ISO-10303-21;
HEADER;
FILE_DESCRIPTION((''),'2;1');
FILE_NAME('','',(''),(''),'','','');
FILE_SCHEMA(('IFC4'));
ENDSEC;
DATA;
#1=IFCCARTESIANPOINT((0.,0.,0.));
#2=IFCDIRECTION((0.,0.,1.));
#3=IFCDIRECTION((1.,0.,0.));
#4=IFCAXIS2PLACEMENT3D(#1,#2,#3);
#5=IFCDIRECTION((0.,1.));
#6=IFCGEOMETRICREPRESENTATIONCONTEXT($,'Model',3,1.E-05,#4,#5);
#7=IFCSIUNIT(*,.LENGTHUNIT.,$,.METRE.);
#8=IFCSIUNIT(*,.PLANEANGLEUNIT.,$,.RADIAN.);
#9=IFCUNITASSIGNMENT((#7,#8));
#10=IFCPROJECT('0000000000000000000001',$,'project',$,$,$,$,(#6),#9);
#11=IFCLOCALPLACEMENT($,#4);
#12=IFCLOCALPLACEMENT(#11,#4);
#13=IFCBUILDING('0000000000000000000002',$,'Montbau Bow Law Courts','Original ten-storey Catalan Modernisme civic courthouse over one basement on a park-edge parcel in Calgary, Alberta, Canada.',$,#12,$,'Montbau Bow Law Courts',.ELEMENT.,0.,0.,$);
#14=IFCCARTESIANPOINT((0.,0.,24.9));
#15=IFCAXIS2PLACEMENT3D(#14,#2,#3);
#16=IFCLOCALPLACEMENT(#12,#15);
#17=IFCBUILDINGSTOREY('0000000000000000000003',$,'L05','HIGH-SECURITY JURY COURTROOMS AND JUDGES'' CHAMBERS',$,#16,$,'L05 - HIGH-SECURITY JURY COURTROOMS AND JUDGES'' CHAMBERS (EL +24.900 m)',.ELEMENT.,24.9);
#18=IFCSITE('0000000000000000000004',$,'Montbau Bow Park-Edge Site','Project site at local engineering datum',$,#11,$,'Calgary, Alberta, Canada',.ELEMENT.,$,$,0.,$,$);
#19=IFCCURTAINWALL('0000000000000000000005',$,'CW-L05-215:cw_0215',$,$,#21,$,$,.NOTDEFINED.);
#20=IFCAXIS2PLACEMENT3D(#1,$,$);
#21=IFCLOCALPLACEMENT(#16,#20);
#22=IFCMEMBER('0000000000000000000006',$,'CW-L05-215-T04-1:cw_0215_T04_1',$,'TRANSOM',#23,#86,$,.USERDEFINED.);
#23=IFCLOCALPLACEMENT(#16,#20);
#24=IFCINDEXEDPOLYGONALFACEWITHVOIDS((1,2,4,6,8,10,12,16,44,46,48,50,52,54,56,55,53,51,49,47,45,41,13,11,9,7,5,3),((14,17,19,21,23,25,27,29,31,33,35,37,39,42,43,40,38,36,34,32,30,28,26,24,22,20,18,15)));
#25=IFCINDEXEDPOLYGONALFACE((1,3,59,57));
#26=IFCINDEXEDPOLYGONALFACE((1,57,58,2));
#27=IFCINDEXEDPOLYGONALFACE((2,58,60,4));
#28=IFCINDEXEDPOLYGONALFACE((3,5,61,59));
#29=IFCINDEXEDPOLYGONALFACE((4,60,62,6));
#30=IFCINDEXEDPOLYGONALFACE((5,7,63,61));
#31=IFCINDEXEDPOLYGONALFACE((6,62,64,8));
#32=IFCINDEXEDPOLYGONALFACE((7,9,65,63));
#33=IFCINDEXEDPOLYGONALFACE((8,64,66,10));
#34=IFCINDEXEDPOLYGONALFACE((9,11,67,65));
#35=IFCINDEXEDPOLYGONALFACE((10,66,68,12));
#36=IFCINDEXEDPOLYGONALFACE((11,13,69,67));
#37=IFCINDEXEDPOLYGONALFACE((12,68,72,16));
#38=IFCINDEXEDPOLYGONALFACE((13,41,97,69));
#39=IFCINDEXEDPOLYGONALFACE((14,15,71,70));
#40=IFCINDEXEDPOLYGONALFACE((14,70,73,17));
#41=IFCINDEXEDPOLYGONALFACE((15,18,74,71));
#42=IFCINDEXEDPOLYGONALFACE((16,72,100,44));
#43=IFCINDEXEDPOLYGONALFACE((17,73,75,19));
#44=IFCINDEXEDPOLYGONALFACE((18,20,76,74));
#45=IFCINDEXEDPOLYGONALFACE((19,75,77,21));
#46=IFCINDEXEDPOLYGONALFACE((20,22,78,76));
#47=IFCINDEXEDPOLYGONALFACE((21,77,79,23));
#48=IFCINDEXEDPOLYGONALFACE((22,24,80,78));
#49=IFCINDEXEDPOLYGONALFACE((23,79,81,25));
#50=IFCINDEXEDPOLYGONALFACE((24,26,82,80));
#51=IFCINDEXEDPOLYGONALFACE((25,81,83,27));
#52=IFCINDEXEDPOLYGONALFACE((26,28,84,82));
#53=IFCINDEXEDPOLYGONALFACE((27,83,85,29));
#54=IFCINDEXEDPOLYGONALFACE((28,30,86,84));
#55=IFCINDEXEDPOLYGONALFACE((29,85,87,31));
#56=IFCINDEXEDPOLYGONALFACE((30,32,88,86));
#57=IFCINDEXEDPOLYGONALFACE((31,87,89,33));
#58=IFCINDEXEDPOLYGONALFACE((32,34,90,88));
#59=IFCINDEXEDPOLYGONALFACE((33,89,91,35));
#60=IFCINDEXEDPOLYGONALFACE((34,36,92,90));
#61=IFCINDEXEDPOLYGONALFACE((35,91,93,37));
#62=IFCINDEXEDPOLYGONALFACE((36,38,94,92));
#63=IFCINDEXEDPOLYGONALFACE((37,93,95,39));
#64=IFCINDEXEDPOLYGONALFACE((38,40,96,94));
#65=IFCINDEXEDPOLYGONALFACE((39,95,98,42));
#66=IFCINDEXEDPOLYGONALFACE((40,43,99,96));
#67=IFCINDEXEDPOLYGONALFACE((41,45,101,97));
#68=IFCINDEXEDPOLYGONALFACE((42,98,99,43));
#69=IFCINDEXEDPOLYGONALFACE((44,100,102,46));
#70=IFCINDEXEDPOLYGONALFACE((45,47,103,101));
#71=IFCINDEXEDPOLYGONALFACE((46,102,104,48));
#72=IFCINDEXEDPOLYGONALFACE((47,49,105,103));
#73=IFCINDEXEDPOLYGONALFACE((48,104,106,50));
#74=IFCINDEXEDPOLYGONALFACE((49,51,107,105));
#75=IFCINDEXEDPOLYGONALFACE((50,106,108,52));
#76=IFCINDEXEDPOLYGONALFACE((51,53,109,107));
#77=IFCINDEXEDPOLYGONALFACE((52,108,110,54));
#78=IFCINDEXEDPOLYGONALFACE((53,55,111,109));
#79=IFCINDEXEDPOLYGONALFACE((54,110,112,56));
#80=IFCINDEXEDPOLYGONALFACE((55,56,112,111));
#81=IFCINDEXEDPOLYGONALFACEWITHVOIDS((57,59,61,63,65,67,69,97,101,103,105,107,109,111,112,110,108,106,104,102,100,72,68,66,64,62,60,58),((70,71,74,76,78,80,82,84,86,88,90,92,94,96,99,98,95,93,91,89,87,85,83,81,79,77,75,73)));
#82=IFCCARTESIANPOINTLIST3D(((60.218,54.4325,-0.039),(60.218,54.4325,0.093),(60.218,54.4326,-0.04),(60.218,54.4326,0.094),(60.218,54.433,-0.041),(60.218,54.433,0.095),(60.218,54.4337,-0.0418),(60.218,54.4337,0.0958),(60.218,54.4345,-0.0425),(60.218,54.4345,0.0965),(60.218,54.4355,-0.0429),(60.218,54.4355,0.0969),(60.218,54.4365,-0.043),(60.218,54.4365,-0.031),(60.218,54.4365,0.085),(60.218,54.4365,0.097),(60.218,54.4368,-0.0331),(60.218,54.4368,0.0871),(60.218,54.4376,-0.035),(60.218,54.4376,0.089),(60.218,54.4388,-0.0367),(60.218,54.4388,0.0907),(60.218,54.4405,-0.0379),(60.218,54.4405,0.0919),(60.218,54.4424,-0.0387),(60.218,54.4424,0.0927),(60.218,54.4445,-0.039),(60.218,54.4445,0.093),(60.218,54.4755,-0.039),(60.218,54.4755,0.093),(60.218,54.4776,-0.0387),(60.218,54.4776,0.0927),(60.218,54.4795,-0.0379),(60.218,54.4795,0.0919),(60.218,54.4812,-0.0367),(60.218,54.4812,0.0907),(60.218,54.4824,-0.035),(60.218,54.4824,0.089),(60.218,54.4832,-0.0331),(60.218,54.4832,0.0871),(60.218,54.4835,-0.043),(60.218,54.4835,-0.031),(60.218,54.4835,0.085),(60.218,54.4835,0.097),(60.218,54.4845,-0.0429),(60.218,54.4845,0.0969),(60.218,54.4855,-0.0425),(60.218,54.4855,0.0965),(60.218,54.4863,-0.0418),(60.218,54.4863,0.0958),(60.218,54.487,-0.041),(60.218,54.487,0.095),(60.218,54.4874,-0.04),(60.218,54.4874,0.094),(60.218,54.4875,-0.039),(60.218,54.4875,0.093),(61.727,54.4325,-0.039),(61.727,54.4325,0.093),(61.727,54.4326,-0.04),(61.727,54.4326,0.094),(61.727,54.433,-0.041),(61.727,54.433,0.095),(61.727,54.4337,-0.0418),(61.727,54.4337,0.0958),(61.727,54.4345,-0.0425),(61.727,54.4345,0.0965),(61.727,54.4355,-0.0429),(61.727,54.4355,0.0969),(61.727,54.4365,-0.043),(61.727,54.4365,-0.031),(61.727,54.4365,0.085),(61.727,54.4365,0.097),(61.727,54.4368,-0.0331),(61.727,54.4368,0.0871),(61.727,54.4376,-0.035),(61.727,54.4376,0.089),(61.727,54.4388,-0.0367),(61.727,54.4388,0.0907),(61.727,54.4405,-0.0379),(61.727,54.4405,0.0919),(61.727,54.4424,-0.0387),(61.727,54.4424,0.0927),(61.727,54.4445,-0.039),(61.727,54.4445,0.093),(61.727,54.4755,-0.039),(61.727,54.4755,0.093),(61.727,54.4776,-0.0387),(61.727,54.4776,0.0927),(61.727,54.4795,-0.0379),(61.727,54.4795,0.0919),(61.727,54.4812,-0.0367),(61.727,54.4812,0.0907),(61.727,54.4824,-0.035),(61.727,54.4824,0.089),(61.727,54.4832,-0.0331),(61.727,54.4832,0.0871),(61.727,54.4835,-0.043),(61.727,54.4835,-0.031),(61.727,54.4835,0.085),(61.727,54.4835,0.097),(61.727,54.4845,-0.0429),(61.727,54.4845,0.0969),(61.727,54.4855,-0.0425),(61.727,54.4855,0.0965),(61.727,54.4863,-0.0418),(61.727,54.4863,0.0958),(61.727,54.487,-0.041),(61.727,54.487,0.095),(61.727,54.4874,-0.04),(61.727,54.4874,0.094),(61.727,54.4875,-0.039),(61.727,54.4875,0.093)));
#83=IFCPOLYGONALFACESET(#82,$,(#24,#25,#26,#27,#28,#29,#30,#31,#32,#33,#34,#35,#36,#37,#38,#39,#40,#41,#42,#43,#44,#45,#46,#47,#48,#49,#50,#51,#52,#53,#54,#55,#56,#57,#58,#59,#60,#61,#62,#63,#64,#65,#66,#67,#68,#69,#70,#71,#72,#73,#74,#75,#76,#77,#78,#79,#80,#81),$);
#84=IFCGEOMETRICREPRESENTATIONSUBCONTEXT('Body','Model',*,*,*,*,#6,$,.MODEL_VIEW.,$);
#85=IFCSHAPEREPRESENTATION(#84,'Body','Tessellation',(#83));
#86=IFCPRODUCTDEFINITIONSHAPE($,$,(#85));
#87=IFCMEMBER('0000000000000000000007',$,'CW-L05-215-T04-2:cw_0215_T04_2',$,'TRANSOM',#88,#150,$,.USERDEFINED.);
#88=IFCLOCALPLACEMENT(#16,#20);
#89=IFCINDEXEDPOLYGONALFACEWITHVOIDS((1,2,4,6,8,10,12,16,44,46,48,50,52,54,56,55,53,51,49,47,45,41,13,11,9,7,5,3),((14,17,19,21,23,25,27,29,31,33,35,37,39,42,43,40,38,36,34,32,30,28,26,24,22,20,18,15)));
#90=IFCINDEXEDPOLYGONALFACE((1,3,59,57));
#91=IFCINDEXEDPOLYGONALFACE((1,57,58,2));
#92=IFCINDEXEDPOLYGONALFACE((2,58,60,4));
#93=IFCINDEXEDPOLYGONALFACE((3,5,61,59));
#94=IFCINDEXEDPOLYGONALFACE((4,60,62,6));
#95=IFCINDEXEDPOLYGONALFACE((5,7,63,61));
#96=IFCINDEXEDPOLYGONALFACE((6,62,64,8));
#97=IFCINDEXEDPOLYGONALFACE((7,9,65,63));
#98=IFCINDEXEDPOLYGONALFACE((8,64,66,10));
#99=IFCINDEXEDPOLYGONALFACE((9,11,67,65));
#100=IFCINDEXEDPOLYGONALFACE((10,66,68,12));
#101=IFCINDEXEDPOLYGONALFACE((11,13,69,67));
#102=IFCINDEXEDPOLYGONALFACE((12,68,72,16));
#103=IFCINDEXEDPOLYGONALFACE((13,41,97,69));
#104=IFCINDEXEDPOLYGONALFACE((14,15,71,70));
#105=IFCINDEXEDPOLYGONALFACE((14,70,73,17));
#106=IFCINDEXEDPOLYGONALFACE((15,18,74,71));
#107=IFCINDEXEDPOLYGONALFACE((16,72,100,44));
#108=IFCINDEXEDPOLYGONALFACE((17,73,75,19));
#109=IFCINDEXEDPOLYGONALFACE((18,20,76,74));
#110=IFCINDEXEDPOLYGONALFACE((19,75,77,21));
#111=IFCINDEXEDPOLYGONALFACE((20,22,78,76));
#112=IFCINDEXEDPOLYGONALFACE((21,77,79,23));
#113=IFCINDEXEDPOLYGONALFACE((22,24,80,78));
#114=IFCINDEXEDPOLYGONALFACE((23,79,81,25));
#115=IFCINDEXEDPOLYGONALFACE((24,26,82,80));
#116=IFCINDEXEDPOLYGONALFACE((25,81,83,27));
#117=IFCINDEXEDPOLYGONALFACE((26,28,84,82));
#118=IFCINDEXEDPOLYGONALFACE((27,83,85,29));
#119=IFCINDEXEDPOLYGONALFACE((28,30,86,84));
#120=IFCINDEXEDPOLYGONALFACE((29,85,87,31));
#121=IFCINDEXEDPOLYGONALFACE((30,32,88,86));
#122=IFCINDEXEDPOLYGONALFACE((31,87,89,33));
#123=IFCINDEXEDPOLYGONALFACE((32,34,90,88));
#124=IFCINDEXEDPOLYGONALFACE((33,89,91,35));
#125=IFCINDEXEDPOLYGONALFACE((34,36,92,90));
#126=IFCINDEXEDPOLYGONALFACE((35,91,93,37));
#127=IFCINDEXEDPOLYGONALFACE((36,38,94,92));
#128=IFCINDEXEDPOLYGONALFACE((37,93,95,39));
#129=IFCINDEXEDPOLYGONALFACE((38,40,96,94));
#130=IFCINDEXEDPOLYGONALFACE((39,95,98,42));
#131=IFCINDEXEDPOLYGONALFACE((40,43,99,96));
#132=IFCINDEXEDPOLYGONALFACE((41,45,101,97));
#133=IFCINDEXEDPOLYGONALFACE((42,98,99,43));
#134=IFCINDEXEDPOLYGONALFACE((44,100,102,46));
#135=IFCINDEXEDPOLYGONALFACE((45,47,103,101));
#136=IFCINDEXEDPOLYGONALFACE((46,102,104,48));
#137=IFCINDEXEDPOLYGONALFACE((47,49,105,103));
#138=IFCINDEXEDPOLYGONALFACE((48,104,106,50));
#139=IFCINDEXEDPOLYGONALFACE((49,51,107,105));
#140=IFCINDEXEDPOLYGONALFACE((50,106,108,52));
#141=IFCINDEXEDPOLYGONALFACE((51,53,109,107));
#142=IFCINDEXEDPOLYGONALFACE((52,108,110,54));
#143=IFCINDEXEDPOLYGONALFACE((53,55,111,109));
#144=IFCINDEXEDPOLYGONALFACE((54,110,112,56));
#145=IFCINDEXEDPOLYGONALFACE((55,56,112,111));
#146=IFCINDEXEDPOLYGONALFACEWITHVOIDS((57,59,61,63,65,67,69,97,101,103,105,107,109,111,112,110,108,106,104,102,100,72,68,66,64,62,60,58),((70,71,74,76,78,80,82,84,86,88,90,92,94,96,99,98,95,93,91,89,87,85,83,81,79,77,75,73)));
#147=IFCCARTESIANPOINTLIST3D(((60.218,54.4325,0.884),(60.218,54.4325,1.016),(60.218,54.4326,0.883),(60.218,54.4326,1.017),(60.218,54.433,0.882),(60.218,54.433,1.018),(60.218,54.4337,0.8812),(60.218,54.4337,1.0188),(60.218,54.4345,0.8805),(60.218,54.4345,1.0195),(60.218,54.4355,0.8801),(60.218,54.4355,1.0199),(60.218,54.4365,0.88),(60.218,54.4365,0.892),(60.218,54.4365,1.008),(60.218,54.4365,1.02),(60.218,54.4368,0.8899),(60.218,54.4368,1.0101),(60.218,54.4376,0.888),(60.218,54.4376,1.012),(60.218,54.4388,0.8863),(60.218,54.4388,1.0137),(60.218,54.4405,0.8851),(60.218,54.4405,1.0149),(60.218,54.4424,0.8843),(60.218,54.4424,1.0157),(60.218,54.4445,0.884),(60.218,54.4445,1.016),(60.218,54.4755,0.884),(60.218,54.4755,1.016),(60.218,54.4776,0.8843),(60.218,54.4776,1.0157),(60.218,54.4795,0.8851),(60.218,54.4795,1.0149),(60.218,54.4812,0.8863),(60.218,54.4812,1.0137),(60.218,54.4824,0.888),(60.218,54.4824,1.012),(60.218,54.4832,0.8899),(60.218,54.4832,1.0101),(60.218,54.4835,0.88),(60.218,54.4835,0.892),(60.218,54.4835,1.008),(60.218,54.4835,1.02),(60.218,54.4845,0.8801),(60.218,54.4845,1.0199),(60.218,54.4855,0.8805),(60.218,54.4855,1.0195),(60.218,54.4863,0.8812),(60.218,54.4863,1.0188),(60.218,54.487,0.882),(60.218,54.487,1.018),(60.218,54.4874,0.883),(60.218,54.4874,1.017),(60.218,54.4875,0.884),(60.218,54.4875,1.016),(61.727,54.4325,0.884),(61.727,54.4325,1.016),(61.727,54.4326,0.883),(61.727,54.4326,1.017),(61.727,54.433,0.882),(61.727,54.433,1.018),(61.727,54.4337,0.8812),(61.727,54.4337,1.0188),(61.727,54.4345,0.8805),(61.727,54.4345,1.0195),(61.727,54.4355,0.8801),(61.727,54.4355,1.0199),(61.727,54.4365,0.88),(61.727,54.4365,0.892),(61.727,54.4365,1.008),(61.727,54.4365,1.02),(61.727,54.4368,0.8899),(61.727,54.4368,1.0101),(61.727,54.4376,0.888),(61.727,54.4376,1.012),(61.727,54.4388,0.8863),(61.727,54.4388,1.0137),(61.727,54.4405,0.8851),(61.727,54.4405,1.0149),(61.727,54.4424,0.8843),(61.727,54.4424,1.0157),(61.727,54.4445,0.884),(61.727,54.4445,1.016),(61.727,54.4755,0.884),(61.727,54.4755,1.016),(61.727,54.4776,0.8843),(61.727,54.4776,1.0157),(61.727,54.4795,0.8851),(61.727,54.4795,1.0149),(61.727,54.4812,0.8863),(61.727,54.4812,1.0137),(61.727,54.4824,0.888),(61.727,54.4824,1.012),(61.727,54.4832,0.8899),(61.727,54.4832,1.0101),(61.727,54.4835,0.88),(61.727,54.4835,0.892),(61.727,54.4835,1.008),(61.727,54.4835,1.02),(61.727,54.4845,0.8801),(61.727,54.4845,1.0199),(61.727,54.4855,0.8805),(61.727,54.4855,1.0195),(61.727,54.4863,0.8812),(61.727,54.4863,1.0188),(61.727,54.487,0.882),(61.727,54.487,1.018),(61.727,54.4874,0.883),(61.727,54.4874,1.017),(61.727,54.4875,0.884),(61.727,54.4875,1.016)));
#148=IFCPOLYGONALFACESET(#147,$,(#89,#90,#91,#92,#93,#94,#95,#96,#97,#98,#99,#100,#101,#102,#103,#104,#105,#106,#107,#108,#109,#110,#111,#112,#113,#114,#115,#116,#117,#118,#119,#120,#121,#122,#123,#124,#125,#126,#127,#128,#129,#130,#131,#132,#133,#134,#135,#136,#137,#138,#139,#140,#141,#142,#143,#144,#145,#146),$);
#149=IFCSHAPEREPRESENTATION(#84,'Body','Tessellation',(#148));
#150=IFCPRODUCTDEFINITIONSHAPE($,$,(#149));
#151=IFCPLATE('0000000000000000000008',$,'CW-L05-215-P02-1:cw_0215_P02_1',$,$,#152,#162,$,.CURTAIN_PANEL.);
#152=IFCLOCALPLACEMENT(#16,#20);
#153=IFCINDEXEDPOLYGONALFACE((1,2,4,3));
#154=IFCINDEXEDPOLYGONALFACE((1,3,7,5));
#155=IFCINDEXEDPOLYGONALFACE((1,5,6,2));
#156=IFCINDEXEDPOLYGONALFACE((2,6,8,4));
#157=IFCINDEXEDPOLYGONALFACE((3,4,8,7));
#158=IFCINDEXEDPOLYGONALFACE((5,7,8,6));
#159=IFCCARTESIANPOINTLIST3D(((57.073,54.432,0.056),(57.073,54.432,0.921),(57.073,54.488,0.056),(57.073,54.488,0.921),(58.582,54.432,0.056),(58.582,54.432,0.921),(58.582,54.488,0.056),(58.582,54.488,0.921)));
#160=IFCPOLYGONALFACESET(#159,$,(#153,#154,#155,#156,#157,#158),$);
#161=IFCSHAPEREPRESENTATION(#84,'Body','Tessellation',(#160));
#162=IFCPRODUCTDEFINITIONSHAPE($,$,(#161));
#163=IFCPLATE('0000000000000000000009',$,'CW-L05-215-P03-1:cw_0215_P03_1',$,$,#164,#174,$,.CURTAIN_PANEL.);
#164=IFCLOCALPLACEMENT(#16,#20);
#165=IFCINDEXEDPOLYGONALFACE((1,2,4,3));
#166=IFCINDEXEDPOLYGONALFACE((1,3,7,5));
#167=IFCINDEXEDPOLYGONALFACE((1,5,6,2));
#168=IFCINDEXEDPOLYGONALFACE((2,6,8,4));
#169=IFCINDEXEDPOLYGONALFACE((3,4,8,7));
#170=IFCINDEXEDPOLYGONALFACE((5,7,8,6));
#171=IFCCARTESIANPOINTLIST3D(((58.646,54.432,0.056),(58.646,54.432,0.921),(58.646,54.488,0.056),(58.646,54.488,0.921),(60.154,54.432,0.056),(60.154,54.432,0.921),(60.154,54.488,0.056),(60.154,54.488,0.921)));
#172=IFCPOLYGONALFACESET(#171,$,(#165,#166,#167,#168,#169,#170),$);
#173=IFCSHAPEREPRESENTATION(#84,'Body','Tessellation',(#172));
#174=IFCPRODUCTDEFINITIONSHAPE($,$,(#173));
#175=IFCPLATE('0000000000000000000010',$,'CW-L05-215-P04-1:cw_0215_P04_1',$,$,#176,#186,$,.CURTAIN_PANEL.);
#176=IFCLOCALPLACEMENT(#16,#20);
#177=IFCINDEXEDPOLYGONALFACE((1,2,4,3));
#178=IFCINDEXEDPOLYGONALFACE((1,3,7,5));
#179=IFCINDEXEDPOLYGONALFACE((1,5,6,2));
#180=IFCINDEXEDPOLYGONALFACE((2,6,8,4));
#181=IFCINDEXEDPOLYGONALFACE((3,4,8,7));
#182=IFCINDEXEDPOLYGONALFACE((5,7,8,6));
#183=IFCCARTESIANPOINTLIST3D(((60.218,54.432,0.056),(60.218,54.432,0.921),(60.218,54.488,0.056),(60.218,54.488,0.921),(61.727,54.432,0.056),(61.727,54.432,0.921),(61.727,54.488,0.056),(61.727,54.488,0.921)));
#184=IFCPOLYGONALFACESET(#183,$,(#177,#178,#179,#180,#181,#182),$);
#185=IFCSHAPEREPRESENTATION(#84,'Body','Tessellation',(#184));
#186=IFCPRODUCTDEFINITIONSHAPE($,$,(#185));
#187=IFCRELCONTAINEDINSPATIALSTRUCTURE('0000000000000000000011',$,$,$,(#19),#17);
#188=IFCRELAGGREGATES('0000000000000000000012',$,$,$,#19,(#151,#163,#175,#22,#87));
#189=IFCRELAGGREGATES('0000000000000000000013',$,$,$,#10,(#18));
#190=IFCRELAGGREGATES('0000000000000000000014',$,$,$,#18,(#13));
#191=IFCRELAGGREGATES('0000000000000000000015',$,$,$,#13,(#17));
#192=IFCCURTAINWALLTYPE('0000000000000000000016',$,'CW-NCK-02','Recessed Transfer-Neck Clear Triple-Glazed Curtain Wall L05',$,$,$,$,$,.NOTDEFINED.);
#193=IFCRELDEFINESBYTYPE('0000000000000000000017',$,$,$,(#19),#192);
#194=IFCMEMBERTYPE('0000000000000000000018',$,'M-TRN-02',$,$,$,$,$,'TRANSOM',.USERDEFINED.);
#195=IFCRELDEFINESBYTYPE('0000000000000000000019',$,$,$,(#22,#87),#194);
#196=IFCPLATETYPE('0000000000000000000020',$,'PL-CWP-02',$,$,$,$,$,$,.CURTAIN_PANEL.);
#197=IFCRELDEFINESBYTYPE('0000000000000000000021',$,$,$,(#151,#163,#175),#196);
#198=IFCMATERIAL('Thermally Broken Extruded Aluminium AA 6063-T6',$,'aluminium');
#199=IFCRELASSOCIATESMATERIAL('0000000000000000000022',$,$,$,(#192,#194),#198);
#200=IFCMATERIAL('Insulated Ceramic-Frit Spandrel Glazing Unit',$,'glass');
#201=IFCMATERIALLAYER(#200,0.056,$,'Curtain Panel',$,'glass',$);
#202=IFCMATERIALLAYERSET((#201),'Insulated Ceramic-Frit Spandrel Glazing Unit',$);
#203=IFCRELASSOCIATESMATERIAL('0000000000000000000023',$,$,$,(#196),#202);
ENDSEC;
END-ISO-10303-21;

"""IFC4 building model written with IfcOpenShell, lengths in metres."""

from ifc_helpers import new_model, si_unit, direction, frame, frame_2d, origin_with_axes, origin_2d_with_axis, place, context, subcontext, project, spatial, rectangle, hollow_rectangle, extrude, material, layer, layer_set, material_profile, profile_set, type_object, element, aggregate, save


model = new_model("IFC4")

# Units and contexts
model_context = context("Model", 3, precision=1e-05, world=origin_with_axes(), true_north=direction((0.0, 1.0)))
body_context = subcontext(model_context, "Body", "Model", "MODEL_VIEW")
ifc_project = project(units=[si_unit("LENGTHUNIT", "METRE"), si_unit("PLANEANGLEUNIT", "RADIAN")], contexts=[model_context])

# Site, building, storey
site_placement = place(None, origin_with_axes())
site = spatial("IfcSite", under=ifc_project, at=site_placement, Name="Montbau Bow Park-Edge Site", Description="Project site at local engineering datum", LongName="Calgary, Alberta, Canada", CompositionType="ELEMENT", RefElevation=0.0)
building_placement = place(site_placement, origin_with_axes())
building = spatial("IfcBuilding", under=site, at=building_placement, Name="Montbau Bow Law Courts", Description="Original ten-storey Catalan Modernisme civic courthouse over one basement on a park-edge parcel in Calgary, Alberta, Canada.", LongName="Montbau Bow Law Courts", CompositionType="ELEMENT", ElevationOfRefHeight=0.0, ElevationOfTerrain=0.0)
storey_placement = place(building_placement, frame((0.0, 0.0, 24.9), z_axis=(0.0, 0.0, 1.0), x_axis=(1.0, 0.0, 0.0)))
storey = spatial("IfcBuildingStorey", under=building, at=storey_placement, Name="L05", Description="HIGH-SECURITY JURY COURTROOMS AND JUDGES' CHAMBERS", LongName="L05 - HIGH-SECURITY JURY COURTROOMS AND JUDGES' CHAMBERS (EL +24.900 m)", CompositionType="ELEMENT", Elevation=24.9)

# Curtain wall, members, plates
ifc_material_1 = material(Name="Thermally Broken Extruded Aluminium AA 6063-T6", Category="aluminium")
curtain_wall_type = type_object("IfcCurtainWallType", Name="CW-NCK-02", Description="Recessed Transfer-Neck Clear Triple-Glazed Curtain Wall L05", PredefinedType="NOTDEFINED", material=ifc_material_1)
curtain_wall_placement = place(None, frame((55.468, 54.46, 24.9), z_axis=(0.0, 0.0, 1.0), x_axis=(1.0, 0.0, 0.0)))
curtain_wall = element("IfcCurtainWall", 1, at=curtain_wall_placement, inside=storey, type_object=curtain_wall_type, Name="CW-L05-215:cw_0215", PredefinedType="NOTDEFINED")
ifc_material_profile_1 = material_profile(ifc_material_1, hollow_rectangle(XDim=0.055, YDim=0.14, WallThickness=0.004, InnerFilletRadius=0.008, OuterFilletRadius=0.004, at=origin_2d_with_axis()), Name="CWT-140X55", Category="Main", Priority=0)
ifc_profile_set_1 = profile_set([ifc_material_profile_1], Name="Thermally Broken Extruded Aluminium AA 6063-T6")
member_type_1 = type_object("IfcMemberType", Name="M-TRN-02", ElementType="TRANSOM", PredefinedType="USERDEFINED", material=ifc_profile_set_1)
member_1_placement = place(None, frame((60.218, 54.46, 24.927), z_axis=(1.0, 0.0, 0.0), x_axis=(0.0, 1.0, 0.0)))
member_1 = element("IfcMember", 2, at=member_1_placement, type_object=member_type_1, Name="CW-L05-215-T04-1:cw_0215_T04_1", ObjectType="TRANSOM", PredefinedType="USERDEFINED", context=body_context, shape_type="SweptSolid", body=[
    extrude(hollow_rectangle(XDim=0.055, YDim=0.14, WallThickness=0.004, InnerFilletRadius=0.008, OuterFilletRadius=0.004, at=origin_2d_with_axis()), origin_with_axes(), (0.0, 0.0, 1.0), 1.509),
])
member_2_placement = place(None, frame((60.218, 54.46, 25.85), z_axis=(1.0, 0.0, 0.0), x_axis=(0.0, 1.0, 0.0)))
member_2 = element("IfcMember", 3, at=member_2_placement, type_object=member_type_1, Name="CW-L05-215-T04-2:cw_0215_T04_2", ObjectType="TRANSOM", PredefinedType="USERDEFINED", context=body_context, shape_type="SweptSolid", body=[
    extrude(hollow_rectangle(XDim=0.055, YDim=0.14, WallThickness=0.004, InnerFilletRadius=0.008, OuterFilletRadius=0.004, at=origin_2d_with_axis()), origin_with_axes(), (0.0, 0.0, 1.0), 1.509),
])
ifc_material_2 = material(Name="Insulated Ceramic-Frit Spandrel Glazing Unit", Category="glass")
ifc_layer_1 = layer(ifc_material_2, 0.056, Name="Curtain Panel", Category="glass")
ifc_layer_set_1 = layer_set([ifc_layer_1], Name="Insulated Ceramic-Frit Spandrel Glazing Unit")
plate_type_1 = type_object("IfcPlateType", Name="PL-CWP-02", PredefinedType="CURTAIN_PANEL", material=ifc_layer_set_1)
plate_1_placement = place(None, frame((57.073, 54.46, 24.956), z_axis=(0.0, -1.0, 0.0), x_axis=(1.0, 0.0, 0.0)))
plate_1 = element("IfcPlate", 4, at=plate_1_placement, type_object=plate_type_1, Name="CW-L05-215-P02-1:cw_0215_P02_1", PredefinedType="CURTAIN_PANEL", context=body_context, shape_type="SweptSolid", body=[
    extrude(rectangle(XDim=1.509, YDim=0.865, at=frame_2d((0.7545, 0.4325), x_axis=(1.0, 0.0))), frame((0.0, 0.0, -0.028), z_axis=(0.0, 0.0, 1.0), x_axis=(1.0, 0.0, 0.0)), (0.0, 0.0, 1.0), 0.056),
])
plate_2_placement = place(None, frame((58.646, 54.46, 24.956), z_axis=(0.0, -1.0, 0.0), x_axis=(1.0, 0.0, 0.0)))
plate_2 = element("IfcPlate", 5, at=plate_2_placement, type_object=plate_type_1, Name="CW-L05-215-P03-1:cw_0215_P03_1", PredefinedType="CURTAIN_PANEL", context=body_context, shape_type="SweptSolid", body=[
    extrude(rectangle(XDim=1.508, YDim=0.865, at=frame_2d((0.754, 0.4325), x_axis=(1.0, 0.0))), frame((0.0, 0.0, -0.028), z_axis=(0.0, 0.0, 1.0), x_axis=(1.0, 0.0, 0.0)), (0.0, 0.0, 1.0), 0.056),
])
plate_3_placement = place(None, frame((60.218, 54.46, 24.956), z_axis=(0.0, -1.0, 0.0), x_axis=(1.0, 0.0, 0.0)))
plate_3 = element("IfcPlate", 6, at=plate_3_placement, type_object=plate_type_1, Name="CW-L05-215-P04-1:cw_0215_P04_1", PredefinedType="CURTAIN_PANEL", context=body_context, shape_type="SweptSolid", body=[
    extrude(rectangle(XDim=1.509, YDim=0.865, at=frame_2d((0.7545, 0.4325), x_axis=(1.0, 0.0))), frame((0.0, 0.0, -0.028), z_axis=(0.0, 0.0, 1.0), x_axis=(1.0, 0.0, 0.0)), (0.0, 0.0, 1.0), 0.056),
])
aggregate(curtain_wall, [plate_1, plate_2, plate_3, member_1, member_2])

save(model, "model.ifc")
